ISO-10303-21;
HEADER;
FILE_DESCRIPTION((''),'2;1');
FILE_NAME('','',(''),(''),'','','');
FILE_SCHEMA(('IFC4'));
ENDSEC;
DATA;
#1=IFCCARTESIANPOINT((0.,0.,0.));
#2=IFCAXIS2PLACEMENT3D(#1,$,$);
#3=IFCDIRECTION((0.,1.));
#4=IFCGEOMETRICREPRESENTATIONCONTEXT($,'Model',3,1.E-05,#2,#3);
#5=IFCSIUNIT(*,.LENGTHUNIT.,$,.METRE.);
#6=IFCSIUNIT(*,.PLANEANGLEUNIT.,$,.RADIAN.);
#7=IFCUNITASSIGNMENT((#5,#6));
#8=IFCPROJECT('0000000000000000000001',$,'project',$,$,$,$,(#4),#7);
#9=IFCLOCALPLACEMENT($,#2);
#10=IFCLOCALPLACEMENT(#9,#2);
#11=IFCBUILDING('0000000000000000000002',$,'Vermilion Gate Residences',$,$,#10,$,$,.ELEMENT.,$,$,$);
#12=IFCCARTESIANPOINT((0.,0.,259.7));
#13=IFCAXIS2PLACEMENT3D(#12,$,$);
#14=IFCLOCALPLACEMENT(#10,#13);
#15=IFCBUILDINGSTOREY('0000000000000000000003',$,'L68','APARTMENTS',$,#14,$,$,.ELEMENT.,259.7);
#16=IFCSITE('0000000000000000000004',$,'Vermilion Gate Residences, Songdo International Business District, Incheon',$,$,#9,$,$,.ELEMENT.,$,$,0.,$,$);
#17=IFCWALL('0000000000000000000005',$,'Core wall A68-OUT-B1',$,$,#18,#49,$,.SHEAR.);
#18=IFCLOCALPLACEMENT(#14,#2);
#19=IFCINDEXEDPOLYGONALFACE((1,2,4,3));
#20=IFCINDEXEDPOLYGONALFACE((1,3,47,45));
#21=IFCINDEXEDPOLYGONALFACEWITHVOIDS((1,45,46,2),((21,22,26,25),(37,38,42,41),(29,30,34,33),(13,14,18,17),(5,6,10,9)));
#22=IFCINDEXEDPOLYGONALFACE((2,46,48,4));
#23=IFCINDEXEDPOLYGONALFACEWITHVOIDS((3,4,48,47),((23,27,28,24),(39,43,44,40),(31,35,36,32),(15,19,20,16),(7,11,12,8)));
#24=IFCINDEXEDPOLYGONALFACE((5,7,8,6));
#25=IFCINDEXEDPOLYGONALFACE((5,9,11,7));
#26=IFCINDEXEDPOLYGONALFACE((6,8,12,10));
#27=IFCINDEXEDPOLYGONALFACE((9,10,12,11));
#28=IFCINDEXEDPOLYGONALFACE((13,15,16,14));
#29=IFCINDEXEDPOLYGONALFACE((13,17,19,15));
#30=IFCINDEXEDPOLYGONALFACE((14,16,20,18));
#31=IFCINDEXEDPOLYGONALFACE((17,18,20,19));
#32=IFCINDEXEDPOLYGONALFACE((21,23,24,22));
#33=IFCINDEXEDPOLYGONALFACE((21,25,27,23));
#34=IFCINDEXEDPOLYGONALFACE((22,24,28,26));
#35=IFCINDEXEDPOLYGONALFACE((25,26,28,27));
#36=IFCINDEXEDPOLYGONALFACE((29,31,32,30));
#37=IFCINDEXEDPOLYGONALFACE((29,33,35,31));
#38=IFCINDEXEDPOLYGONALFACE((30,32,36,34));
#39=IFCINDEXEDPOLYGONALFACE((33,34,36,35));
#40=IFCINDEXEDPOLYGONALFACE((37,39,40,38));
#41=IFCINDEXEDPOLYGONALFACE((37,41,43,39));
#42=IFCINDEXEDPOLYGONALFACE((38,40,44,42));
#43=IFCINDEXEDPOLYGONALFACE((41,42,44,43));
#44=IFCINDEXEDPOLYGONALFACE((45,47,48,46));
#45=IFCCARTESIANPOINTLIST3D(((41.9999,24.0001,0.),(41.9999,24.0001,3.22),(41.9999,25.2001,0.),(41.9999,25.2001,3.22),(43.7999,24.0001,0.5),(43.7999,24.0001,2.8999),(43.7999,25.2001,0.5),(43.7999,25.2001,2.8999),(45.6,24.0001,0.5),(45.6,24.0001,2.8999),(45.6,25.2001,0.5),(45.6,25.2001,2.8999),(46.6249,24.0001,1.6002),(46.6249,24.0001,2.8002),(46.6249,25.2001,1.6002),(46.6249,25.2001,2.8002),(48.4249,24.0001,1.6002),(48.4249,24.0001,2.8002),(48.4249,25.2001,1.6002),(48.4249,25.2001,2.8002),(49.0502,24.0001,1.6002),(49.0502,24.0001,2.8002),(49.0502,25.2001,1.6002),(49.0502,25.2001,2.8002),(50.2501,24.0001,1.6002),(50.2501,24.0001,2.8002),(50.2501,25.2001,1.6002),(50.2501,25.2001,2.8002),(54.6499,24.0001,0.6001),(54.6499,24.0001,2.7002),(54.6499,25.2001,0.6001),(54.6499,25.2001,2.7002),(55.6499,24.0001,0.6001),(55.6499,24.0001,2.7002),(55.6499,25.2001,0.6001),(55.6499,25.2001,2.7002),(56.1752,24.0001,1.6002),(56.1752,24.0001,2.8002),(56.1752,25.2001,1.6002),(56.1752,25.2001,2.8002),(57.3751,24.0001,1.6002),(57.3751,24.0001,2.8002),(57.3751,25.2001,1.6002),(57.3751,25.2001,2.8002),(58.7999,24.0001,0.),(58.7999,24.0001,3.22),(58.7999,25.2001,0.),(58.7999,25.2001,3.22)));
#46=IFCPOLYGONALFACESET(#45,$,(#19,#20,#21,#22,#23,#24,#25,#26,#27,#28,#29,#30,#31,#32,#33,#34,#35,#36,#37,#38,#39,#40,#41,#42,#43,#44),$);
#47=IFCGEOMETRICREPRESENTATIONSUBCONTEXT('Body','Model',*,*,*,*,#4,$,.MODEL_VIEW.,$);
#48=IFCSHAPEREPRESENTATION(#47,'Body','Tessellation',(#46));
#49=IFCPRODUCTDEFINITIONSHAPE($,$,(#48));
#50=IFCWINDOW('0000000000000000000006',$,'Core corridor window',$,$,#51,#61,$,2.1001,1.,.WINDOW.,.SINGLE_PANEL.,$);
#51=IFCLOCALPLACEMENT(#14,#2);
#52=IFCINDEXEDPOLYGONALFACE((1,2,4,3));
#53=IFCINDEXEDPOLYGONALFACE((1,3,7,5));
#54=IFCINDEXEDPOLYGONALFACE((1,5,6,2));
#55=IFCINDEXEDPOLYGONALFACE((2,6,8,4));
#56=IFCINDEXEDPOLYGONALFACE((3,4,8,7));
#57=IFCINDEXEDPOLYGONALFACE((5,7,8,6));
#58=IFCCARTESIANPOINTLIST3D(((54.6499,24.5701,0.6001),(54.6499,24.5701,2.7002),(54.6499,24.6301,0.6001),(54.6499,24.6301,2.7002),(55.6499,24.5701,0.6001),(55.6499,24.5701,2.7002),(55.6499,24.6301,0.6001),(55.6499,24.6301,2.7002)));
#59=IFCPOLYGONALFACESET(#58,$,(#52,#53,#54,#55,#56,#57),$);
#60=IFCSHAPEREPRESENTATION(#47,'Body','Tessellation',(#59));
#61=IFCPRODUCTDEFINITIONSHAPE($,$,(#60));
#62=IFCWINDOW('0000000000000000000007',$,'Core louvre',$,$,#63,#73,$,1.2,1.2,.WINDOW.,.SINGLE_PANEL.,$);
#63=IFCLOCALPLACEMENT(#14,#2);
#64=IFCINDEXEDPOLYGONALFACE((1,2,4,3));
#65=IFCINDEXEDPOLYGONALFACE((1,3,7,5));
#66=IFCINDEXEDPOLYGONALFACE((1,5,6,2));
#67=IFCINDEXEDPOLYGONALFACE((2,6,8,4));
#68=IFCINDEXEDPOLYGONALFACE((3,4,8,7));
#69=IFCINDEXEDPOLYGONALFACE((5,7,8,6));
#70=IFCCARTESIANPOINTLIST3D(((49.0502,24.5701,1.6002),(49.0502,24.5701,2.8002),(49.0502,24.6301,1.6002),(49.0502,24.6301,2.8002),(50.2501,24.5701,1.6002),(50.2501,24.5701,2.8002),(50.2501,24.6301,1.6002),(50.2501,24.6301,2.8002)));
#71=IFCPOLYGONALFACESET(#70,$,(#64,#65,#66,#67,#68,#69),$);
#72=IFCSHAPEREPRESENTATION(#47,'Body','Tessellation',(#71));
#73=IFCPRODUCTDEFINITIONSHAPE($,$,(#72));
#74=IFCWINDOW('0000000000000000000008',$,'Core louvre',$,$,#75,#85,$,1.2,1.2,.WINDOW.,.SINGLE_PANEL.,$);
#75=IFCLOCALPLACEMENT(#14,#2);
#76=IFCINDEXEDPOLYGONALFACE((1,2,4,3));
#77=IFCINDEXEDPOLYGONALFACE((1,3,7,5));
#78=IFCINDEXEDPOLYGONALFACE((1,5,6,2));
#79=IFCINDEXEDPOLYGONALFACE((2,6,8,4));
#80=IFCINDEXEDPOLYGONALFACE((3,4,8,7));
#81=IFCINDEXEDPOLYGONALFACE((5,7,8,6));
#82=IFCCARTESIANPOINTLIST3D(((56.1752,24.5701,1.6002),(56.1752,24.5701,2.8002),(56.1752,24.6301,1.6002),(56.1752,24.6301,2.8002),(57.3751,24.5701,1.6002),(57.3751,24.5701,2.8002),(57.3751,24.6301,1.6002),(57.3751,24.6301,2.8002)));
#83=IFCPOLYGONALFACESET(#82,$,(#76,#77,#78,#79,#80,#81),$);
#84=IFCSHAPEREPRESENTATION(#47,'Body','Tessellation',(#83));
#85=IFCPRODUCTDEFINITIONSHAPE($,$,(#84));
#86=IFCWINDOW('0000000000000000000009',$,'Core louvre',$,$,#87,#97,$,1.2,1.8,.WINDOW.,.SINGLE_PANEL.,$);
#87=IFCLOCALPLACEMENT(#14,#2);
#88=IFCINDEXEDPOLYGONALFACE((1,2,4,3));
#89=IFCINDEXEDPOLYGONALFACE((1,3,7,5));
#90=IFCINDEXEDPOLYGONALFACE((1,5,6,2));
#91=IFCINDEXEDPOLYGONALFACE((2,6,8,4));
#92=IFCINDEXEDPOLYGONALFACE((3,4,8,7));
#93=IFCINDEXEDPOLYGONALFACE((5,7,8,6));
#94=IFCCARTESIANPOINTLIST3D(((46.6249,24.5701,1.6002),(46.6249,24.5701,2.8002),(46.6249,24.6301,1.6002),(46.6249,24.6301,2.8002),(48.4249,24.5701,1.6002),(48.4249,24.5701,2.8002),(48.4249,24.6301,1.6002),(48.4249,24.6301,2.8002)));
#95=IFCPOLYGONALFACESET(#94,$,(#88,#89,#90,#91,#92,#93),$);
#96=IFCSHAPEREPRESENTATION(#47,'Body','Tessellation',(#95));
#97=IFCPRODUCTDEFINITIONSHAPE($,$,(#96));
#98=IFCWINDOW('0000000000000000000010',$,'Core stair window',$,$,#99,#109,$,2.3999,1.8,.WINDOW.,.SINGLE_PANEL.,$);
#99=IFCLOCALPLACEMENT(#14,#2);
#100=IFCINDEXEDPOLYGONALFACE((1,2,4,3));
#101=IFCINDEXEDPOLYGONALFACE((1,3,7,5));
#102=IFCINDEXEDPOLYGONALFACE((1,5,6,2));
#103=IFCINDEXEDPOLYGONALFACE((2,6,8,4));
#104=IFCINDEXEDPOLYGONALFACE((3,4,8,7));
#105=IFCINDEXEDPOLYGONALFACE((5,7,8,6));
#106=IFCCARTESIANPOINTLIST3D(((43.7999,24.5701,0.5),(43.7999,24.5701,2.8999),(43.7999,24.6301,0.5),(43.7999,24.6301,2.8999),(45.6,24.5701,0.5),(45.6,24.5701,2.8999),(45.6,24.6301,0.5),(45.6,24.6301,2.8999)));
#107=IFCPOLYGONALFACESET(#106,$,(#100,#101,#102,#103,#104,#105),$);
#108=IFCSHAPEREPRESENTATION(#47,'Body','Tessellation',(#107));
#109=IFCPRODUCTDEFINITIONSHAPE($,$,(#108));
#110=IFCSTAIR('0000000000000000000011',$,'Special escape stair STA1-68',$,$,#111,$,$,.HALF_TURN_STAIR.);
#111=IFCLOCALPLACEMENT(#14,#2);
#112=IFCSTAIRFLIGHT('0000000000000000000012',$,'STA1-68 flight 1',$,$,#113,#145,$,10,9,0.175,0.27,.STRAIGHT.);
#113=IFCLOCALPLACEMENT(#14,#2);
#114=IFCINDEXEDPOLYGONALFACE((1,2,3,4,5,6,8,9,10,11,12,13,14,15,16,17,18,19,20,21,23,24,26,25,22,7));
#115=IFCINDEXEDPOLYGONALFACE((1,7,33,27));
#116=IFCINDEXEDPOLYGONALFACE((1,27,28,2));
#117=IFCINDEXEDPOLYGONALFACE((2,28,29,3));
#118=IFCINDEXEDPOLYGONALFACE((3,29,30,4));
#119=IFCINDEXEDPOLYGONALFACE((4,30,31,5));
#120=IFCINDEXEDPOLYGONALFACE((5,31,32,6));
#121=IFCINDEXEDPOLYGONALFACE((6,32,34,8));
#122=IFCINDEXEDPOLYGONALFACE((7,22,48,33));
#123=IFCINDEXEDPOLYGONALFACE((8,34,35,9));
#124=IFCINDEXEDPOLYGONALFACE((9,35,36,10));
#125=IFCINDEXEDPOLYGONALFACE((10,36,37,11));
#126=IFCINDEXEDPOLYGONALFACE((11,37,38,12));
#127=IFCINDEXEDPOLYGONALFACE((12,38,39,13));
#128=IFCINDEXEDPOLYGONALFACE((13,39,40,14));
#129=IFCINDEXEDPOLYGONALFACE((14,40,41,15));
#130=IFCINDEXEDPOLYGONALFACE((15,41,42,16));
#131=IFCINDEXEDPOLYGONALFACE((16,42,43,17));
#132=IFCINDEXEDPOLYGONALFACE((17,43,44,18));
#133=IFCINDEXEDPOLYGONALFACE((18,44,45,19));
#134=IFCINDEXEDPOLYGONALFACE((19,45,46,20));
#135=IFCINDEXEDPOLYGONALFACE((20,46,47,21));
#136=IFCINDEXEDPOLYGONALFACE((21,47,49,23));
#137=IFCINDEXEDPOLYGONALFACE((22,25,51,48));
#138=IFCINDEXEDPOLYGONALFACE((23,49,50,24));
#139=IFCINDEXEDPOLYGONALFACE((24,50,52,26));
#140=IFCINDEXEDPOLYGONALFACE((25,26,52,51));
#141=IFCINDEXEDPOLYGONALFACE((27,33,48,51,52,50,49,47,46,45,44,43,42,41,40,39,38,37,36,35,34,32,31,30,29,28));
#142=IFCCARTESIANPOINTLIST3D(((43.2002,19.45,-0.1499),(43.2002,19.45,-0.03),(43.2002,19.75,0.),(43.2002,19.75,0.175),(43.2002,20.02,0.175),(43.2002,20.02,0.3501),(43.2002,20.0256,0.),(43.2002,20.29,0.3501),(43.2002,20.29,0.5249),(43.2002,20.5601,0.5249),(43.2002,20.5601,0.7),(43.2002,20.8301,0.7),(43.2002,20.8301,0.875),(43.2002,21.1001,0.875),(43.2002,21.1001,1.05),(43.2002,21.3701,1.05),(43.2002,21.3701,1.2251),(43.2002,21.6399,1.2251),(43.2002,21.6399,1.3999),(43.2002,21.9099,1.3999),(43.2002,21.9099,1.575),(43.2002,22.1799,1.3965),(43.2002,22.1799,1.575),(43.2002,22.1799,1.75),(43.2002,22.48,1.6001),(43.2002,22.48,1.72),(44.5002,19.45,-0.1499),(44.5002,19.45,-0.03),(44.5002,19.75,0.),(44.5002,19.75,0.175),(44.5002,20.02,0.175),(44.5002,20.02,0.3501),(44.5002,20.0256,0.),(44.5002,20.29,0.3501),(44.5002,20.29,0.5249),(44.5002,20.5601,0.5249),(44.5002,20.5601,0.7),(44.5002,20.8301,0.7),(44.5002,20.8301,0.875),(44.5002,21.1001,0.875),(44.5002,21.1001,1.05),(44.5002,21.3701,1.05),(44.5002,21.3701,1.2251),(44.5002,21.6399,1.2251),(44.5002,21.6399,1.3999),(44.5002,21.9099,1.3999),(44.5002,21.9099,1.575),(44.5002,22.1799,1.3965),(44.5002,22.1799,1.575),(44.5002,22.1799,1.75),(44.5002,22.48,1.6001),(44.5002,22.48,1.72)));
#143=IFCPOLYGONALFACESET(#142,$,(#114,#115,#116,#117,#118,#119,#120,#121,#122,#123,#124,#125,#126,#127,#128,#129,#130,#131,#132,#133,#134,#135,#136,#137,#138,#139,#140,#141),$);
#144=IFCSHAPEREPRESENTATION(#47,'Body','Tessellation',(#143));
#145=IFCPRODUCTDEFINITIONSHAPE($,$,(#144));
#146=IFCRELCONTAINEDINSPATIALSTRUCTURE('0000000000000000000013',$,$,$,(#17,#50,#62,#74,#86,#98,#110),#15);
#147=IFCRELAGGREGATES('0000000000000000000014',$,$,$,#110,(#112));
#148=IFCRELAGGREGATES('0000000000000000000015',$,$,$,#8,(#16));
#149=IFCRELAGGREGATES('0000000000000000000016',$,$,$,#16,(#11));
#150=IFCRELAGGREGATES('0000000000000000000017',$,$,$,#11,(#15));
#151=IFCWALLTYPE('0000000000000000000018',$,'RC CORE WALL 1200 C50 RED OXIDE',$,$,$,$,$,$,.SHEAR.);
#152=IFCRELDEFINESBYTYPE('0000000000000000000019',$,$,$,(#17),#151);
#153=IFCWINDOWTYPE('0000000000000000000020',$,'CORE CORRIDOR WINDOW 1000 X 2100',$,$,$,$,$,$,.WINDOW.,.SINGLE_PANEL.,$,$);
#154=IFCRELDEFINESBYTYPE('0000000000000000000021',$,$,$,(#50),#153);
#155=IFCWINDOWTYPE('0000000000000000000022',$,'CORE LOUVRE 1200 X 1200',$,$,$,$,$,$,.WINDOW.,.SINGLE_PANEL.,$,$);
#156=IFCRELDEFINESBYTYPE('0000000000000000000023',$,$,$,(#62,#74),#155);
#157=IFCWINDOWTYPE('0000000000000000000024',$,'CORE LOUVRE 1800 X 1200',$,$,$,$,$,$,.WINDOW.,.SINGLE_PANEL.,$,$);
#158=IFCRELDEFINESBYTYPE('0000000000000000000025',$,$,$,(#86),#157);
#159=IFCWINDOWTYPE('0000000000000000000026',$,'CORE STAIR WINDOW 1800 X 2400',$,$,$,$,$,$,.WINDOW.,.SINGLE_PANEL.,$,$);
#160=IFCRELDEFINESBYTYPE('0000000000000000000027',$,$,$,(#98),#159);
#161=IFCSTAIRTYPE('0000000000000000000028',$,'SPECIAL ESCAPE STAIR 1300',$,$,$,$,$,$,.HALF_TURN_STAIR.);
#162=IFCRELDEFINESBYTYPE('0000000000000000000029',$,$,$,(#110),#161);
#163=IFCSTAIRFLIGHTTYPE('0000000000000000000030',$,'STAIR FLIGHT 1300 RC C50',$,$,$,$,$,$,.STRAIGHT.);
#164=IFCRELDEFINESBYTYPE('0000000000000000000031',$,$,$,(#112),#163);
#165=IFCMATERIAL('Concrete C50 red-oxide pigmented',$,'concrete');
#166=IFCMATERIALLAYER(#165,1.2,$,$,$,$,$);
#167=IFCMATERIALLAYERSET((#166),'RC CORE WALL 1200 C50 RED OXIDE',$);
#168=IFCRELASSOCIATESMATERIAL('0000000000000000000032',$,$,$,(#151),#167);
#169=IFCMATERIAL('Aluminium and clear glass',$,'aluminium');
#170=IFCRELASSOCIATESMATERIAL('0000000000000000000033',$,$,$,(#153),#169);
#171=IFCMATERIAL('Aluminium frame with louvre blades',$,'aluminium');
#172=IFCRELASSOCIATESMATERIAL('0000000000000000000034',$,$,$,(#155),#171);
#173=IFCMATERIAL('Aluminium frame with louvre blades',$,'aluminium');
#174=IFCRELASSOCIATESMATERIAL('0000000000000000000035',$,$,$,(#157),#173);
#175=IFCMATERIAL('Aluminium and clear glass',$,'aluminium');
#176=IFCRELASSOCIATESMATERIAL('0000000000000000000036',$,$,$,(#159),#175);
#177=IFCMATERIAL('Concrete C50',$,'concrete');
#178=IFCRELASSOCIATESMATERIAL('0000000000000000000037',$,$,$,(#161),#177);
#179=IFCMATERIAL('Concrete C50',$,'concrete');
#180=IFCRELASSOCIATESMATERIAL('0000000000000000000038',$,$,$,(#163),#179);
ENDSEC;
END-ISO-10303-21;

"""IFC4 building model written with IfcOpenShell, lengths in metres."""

from ifc_helpers import new_model, si_unit, direction, frame, frame_2d, origin, place, context, subcontext, project, spatial, polyline, rectangle, outline, extrude, material, layer, layer_set, type_object, element, fill, aggregate, save


model = new_model("IFC4")

# Units and contexts
model_context = context("Model", 3, precision=1e-05, world=origin(), true_north=direction((0.0, 1.0)))
body_context = subcontext(model_context, "Body", "Model", "MODEL_VIEW")
ifc_project = project(units=[si_unit("LENGTHUNIT", "METRE"), si_unit("PLANEANGLEUNIT", "RADIAN")], contexts=[model_context])

# Site, building, storey
site_placement = place(None, origin())
site = spatial("IfcSite", under=ifc_project, at=site_placement, Name="Vermilion Gate Residences, Songdo International Business District, Incheon", CompositionType="ELEMENT", RefElevation=0.0)
building_placement = place(site_placement, origin())
building = spatial("IfcBuilding", under=site, at=building_placement, Name="Vermilion Gate Residences", CompositionType="ELEMENT")
storey_placement = place(building_placement, frame((0.0, 0.0, 259.7)))
storey = spatial("IfcBuildingStorey", under=building, at=storey_placement, Name="L68", Description="APARTMENTS", CompositionType="ELEMENT", Elevation=259.7)

# Wall, openings, windows
ifc_material_1 = material(Name="Concrete C50 red-oxide pigmented", Category="concrete")
ifc_layer_1 = layer(ifc_material_1, 1.2)
ifc_layer_set_1 = layer_set([ifc_layer_1], Name="RC CORE WALL 1200 C50 RED OXIDE")
wall_type_1 = type_object("IfcWallType", Name="RC CORE WALL 1200 C50 RED OXIDE", PredefinedType="SHEAR", material=ifc_layer_set_1)
wall_1_placement = place(storey_placement, frame((42.0, 24.6001, 0.0), z_axis=(0.0, 0.0, 1.0), x_axis=(1.0, 0.0, 0.0)))
wall_1 = element("IfcWall", 1, at=wall_1_placement, inside=storey, type_object=wall_type_1, Name="Core wall A68-OUT-B1", PredefinedType="SHEAR", context=body_context, shape_type="SweptSolid", body=[
    extrude(rectangle(XDim=16.8, YDim=1.2, at=frame_2d((8.3999, 0.0))), origin(), (0.0, 0.0, 1.0), 3.22),
])
opening_1_placement = place(wall_1_placement, frame((1.8, 0.0, 0.5)))
opening_1 = element("IfcOpeningElement", 2, at=opening_1_placement, cuts=wall_1, PredefinedType="OPENING", context=body_context, shape_type="SweptSolid", body=[
    extrude(rectangle(XDim=1.8, YDim=2.3999, at=frame_2d((0.8999, 1.2))), frame((0.0, 0.6099, 0.0), z_axis=(0.0, -1.0, 0.0), x_axis=(1.0, 0.0, 0.0)), (0.0, 0.0, 1.0), 1.22),
])
opening_2_placement = place(wall_1_placement, frame((4.625, 0.0, 1.6001)))
opening_2 = element("IfcOpeningElement", 3, at=opening_2_placement, cuts=wall_1, PredefinedType="OPENING", context=body_context, shape_type="SweptSolid", body=[
    extrude(rectangle(XDim=1.8, YDim=1.2, at=frame_2d((0.8999, 0.6001))), frame((0.0, 0.6099, 0.0), z_axis=(0.0, -1.0, 0.0), x_axis=(1.0, 0.0, 0.0)), (0.0, 0.0, 1.0), 1.22),
])
opening_3_placement = place(wall_1_placement, frame((7.05, 0.0, 1.6001)))
opening_3 = element("IfcOpeningElement", 4, at=opening_3_placement, cuts=wall_1, PredefinedType="OPENING", context=body_context, shape_type="SweptSolid", body=[
    extrude(rectangle(XDim=1.2, YDim=1.2, at=frame_2d((0.6001, 0.6001))), frame((0.0, 0.6099, 0.0), z_axis=(0.0, -1.0, 0.0), x_axis=(1.0, 0.0, 0.0)), (0.0, 0.0, 1.0), 1.22),
])
opening_4_placement = place(wall_1_placement, frame((12.6499, 0.0, 0.6001)))
opening_4 = element("IfcOpeningElement", 5, at=opening_4_placement, cuts=wall_1, PredefinedType="OPENING", context=body_context, shape_type="SweptSolid", body=[
    extrude(rectangle(XDim=1.0, YDim=2.1001, at=frame_2d((0.5, 1.05))), frame((0.0, 0.6099, 0.0), z_axis=(0.0, -1.0, 0.0), x_axis=(1.0, 0.0, 0.0)), (0.0, 0.0, 1.0), 1.22),
])
opening_5_placement = place(wall_1_placement, frame((14.175, 0.0, 1.6001)))
opening_5 = element("IfcOpeningElement", 6, at=opening_5_placement, cuts=wall_1, PredefinedType="OPENING", context=body_context, shape_type="SweptSolid", body=[
    extrude(rectangle(XDim=1.2, YDim=1.2, at=frame_2d((0.6001, 0.6001))), frame((0.0, 0.6099, 0.0), z_axis=(0.0, -1.0, 0.0), x_axis=(1.0, 0.0, 0.0)), (0.0, 0.0, 1.0), 1.22),
])
ifc_material_2 = material(Name="Aluminium and clear glass", Category="aluminium")
window_type_1 = type_object("IfcWindowType", Name="CORE CORRIDOR WINDOW 1000 X 2100", PartitioningType="SINGLE_PANEL", PredefinedType="WINDOW", material=ifc_material_2)
window_1_placement = place(opening_4_placement, origin())
window_1 = element("IfcWindow", 7, at=window_1_placement, inside=storey, type_object=window_type_1, Name="Core corridor window", OverallHeight=2.1001, OverallWidth=1.0, PartitioningType="SINGLE_PANEL", PredefinedType="WINDOW", context=body_context, shape_type="SweptSolid", body=[
    extrude(rectangle(XDim=1.0, YDim=2.1001, at=frame_2d((0.5, 1.05))), frame((0.0, 0.03, 0.0), z_axis=(0.0, -1.0, 0.0), x_axis=(1.0, 0.0, 0.0)), (0.0, 0.0, 1.0), 0.0601),
])
fill(opening_4, window_1)
ifc_material_3 = material(Name="Aluminium frame with louvre blades", Category="aluminium")
window_type_2 = type_object("IfcWindowType", Name="CORE LOUVRE 1200 X 1200", PartitioningType="SINGLE_PANEL", PredefinedType="WINDOW", material=ifc_material_3)
window_2_placement = place(opening_3_placement, origin())
window_2 = element("IfcWindow", 8, at=window_2_placement, inside=storey, type_object=window_type_2, Name="Core louvre", OverallHeight=1.2, OverallWidth=1.2, PartitioningType="SINGLE_PANEL", PredefinedType="WINDOW", context=body_context, shape_type="SweptSolid", body=[
    extrude(rectangle(XDim=1.2, YDim=1.2, at=frame_2d((0.6001, 0.6001))), frame((0.0, 0.03, 0.0), z_axis=(0.0, -1.0, 0.0), x_axis=(1.0, 0.0, 0.0)), (0.0, 0.0, 1.0), 0.0601),
])
fill(opening_3, window_2)
window_3_placement = place(opening_5_placement, origin())
window_3 = element("IfcWindow", 9, at=window_3_placement, inside=storey, type_object=window_type_2, Name="Core louvre", OverallHeight=1.2, OverallWidth=1.2, PartitioningType="SINGLE_PANEL", PredefinedType="WINDOW", context=body_context, shape_type="SweptSolid", body=[
    extrude(rectangle(XDim=1.2, YDim=1.2, at=frame_2d((0.6001, 0.6001))), frame((0.0, 0.03, 0.0), z_axis=(0.0, -1.0, 0.0), x_axis=(1.0, 0.0, 0.0)), (0.0, 0.0, 1.0), 0.0601),
])
fill(opening_5, window_3)
ifc_material_4 = material(Name="Aluminium frame with louvre blades", Category="aluminium")
window_type_3 = type_object("IfcWindowType", Name="CORE LOUVRE 1800 X 1200", PartitioningType="SINGLE_PANEL", PredefinedType="WINDOW", material=ifc_material_4)
window_4_placement = place(opening_2_placement, origin())
window_4 = element("IfcWindow", 10, at=window_4_placement, inside=storey, type_object=window_type_3, Name="Core louvre", OverallHeight=1.2, OverallWidth=1.8, PartitioningType="SINGLE_PANEL", PredefinedType="WINDOW", context=body_context, shape_type="SweptSolid", body=[
    extrude(rectangle(XDim=1.8, YDim=1.2, at=frame_2d((0.8999, 0.6001))), frame((0.0, 0.03, 0.0), z_axis=(0.0, -1.0, 0.0), x_axis=(1.0, 0.0, 0.0)), (0.0, 0.0, 1.0), 0.0601),
])
fill(opening_2, window_4)
ifc_material_5 = material(Name="Aluminium and clear glass", Category="aluminium")
window_type_4 = type_object("IfcWindowType", Name="CORE STAIR WINDOW 1800 X 2400", PartitioningType="SINGLE_PANEL", PredefinedType="WINDOW", material=ifc_material_5)
window_5_placement = place(opening_1_placement, origin())
window_5 = element("IfcWindow", 11, at=window_5_placement, inside=storey, type_object=window_type_4, Name="Core stair window", OverallHeight=2.3999, OverallWidth=1.8, PartitioningType="SINGLE_PANEL", PredefinedType="WINDOW", context=body_context, shape_type="SweptSolid", body=[
    extrude(rectangle(XDim=1.8, YDim=2.3999, at=frame_2d((0.8999, 1.2))), frame((0.0, 0.03, 0.0), z_axis=(0.0, -1.0, 0.0), x_axis=(1.0, 0.0, 0.0)), (0.0, 0.0, 1.0), 0.0601),
])
fill(opening_1, window_5)

# Stair, stair flight
ifc_material_6 = material(Name="Concrete C50", Category="concrete")
stair_type = type_object("IfcStairType", Name="SPECIAL ESCAPE STAIR 1300", PredefinedType="HALF_TURN_STAIR", material=ifc_material_6)
stair_placement = place(storey_placement, origin())
stair = element("IfcStair", 12, at=stair_placement, inside=storey, type_object=stair_type, Name="Special escape stair STA1-68", PredefinedType="HALF_TURN_STAIR")
ifc_material_7 = material(Name="Concrete C50", Category="concrete")
stair_flight_type = type_object("IfcStairFlightType", Name="STAIR FLIGHT 1300 RC C50", PredefinedType="STRAIGHT", material=ifc_material_7)
stair_flight_1_placement = place(storey_placement, frame((43.8501, 19.75, 0.0), z_axis=(0.0, 0.0, 1.0), x_axis=(0.0, 1.0, 0.0)))
stair_flight_1 = element("IfcStairFlight", 13, at=stair_flight_1_placement, type_object=stair_flight_type, Name="STA1-68 flight 1", NumberOfRisers=10, NumberOfTreads=9, PredefinedType="STRAIGHT", RiserHeight=0.175, TreadLength=0.27, context=body_context, shape_type="SweptSolid", body=[
    extrude(outline(polyline([(-0.3, -0.1499), (-0.3, -0.03), (0.0, 0.0), (0.0, 0.175), (0.27, 0.175), (0.27, 0.3501), (0.54, 0.3501), (0.54, 0.5249), (0.8101, 0.5249), (0.8101, 0.7), (1.0801, 0.7), (1.0801, 0.875), (1.3501, 0.875), (1.3501, 1.05), (1.6201, 1.05), (1.6201, 1.2251), (1.8899, 1.2251), (1.8899, 1.3999), (2.1599, 1.3999), (2.1599, 1.575), (2.4299, 1.575), (2.4299, 1.75), (2.73, 1.72), (2.73, 1.6001), (2.4299, 1.3965), (0.2756, 0.0), (-0.3, -0.1499)])), frame((0.0, 0.6499, 0.0), z_axis=(0.0, -1.0, 0.0), x_axis=(1.0, 0.0, 0.0)), (0.0, 0.0, 1.0), 1.3),
])
aggregate(stair, [stair_flight_1])

save(model, "model.ifc")
